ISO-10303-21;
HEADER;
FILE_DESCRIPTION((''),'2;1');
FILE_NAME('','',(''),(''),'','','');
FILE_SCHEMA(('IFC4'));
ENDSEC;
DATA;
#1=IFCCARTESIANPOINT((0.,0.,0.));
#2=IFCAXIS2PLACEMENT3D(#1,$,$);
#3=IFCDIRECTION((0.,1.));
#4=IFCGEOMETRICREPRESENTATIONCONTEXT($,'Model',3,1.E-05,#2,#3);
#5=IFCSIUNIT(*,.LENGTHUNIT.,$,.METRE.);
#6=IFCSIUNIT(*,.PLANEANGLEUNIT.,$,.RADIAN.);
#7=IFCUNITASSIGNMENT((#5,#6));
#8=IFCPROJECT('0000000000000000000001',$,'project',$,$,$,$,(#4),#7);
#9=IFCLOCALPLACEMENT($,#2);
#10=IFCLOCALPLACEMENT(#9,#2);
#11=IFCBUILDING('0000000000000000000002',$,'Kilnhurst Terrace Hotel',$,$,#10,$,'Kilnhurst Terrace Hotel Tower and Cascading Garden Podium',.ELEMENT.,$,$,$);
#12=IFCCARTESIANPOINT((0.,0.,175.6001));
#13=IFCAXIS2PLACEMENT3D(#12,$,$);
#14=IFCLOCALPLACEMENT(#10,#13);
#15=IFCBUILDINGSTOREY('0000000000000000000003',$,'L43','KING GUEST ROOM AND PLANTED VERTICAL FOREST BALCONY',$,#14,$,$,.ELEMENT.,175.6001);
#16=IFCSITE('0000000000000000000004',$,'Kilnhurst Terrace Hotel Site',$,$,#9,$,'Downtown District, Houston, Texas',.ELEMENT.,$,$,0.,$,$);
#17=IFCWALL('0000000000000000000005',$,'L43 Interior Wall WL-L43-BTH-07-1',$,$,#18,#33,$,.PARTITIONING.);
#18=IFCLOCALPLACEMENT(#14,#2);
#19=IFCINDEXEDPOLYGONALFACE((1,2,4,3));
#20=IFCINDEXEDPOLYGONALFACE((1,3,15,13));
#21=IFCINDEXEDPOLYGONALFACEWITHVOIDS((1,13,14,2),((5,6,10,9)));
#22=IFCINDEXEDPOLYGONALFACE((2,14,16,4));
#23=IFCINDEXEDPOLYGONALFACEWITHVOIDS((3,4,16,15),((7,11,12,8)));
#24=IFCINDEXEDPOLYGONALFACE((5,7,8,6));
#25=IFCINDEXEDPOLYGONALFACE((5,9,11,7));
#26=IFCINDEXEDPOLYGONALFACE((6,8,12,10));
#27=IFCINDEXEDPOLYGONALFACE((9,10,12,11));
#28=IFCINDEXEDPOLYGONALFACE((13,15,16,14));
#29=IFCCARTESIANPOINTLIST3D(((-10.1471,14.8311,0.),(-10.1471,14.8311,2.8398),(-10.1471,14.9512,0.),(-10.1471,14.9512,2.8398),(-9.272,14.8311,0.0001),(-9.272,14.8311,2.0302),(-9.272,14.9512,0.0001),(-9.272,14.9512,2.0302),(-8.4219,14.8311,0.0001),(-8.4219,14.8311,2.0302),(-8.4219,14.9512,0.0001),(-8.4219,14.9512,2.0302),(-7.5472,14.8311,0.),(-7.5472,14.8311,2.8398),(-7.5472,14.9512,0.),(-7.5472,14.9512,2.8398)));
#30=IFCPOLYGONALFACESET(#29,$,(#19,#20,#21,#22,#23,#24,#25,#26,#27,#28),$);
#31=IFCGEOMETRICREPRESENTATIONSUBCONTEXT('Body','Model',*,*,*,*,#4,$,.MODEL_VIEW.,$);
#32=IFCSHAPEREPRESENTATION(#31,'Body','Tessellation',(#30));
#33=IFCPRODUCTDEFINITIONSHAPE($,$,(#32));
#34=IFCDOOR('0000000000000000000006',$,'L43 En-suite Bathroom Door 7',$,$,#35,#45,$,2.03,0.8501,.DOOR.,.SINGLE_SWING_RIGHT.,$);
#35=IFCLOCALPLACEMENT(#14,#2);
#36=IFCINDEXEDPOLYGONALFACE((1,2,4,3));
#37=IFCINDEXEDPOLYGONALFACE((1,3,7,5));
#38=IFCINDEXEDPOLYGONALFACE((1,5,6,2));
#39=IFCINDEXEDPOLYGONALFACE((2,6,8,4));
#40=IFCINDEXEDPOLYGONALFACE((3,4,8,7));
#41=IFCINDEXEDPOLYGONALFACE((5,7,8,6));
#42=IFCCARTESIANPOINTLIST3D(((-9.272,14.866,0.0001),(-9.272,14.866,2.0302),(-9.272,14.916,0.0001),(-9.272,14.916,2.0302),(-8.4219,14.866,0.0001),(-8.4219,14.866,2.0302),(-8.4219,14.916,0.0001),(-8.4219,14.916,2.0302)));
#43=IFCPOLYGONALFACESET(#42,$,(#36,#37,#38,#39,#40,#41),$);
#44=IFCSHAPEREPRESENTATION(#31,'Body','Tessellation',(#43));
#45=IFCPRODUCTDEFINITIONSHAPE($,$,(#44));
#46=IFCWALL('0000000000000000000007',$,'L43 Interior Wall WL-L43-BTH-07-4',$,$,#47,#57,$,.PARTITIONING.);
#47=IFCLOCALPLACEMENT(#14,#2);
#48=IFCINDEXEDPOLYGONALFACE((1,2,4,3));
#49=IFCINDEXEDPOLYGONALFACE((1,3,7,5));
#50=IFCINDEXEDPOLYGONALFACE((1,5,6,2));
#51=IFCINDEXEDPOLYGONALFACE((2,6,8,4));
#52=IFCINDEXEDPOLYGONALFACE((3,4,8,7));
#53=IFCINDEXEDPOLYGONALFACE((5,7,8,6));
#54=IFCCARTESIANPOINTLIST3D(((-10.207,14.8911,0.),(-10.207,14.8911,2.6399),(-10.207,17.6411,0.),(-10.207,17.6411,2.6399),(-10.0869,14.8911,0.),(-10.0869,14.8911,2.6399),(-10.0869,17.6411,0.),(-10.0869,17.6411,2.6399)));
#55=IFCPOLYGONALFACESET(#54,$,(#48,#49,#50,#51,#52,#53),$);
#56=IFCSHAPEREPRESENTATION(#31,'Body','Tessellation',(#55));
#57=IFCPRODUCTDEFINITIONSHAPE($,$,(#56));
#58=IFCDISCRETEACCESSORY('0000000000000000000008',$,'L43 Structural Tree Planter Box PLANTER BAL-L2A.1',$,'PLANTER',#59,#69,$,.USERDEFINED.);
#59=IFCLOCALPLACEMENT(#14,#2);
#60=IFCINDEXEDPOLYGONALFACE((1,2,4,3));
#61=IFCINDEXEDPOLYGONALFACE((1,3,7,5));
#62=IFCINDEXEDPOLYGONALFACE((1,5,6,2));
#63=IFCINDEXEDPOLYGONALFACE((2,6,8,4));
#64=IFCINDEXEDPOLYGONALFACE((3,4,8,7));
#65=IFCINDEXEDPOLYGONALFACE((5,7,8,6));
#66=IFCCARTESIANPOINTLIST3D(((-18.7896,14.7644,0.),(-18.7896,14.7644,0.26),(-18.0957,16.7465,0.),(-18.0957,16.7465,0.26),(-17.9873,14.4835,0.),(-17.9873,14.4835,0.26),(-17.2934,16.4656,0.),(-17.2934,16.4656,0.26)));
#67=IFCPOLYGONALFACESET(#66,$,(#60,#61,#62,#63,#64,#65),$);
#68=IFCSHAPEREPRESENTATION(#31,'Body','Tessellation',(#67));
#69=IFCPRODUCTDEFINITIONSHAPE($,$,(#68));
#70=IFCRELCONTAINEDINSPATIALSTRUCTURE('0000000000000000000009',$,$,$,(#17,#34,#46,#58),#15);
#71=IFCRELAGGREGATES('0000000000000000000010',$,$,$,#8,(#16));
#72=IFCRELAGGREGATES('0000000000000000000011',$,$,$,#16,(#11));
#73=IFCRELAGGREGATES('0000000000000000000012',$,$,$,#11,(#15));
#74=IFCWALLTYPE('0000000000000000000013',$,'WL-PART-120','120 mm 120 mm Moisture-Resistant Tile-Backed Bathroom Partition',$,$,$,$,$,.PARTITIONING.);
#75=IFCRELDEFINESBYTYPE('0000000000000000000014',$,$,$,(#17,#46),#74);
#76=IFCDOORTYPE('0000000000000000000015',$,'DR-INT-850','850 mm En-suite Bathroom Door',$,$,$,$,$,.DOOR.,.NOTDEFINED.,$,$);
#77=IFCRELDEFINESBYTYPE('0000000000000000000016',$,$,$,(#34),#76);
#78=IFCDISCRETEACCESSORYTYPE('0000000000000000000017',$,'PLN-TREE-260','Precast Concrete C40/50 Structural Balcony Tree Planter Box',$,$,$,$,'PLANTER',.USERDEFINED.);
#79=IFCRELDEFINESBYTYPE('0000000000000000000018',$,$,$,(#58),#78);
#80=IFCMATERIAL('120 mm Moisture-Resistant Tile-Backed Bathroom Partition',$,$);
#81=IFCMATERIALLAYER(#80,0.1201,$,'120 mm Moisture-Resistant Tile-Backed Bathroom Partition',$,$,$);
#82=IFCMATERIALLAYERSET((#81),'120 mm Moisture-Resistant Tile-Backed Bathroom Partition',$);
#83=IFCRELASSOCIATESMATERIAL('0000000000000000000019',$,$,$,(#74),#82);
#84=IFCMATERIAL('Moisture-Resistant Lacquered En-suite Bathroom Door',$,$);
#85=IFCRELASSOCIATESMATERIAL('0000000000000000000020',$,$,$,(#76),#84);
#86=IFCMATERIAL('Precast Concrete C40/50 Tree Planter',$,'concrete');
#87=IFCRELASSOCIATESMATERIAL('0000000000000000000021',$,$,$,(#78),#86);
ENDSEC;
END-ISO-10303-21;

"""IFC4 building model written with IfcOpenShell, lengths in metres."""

from ifc_helpers import new_model, si_unit, direction, frame, frame_2d, origin, origin_2d, place, context, subcontext, project, spatial, rectangle, extrude, material, layer, layer_set, type_object, element, fill, save


model = new_model("IFC4")

# Units and contexts
model_context = context("Model", 3, precision=1e-05, world=origin(), true_north=direction((0.0, 1.0)))
body_context = subcontext(model_context, "Body", "Model", "MODEL_VIEW")
ifc_project = project(units=[si_unit("LENGTHUNIT", "METRE"), si_unit("PLANEANGLEUNIT", "RADIAN")], contexts=[model_context])

# Site, building, storey
site_placement = place(None, origin())
site = spatial("IfcSite", under=ifc_project, at=site_placement, Name="Kilnhurst Terrace Hotel Site", LongName="Downtown District, Houston, Texas", CompositionType="ELEMENT", RefElevation=0.0)
building_placement = place(site_placement, origin())
building = spatial("IfcBuilding", under=site, at=building_placement, Name="Kilnhurst Terrace Hotel", LongName="Kilnhurst Terrace Hotel Tower and Cascading Garden Podium", CompositionType="ELEMENT")
storey_placement = place(building_placement, frame((0.0, 0.0, 175.6001)))
storey = spatial("IfcBuildingStorey", under=building, at=storey_placement, Name="L43", Description="KING GUEST ROOM AND PLANTED VERTICAL FOREST BALCONY", CompositionType="ELEMENT", Elevation=175.6001)

# Wall, opening, door
ifc_material_1 = material(Name="120 mm Moisture-Resistant Tile-Backed Bathroom Partition")
ifc_layer_1 = layer(ifc_material_1, 0.1201, Name="120 mm Moisture-Resistant Tile-Backed Bathroom Partition")
ifc_layer_set_1 = layer_set([ifc_layer_1], Name="120 mm Moisture-Resistant Tile-Backed Bathroom Partition")
wall_type_1 = type_object("IfcWallType", Name="WL-PART-120", Description="120 mm 120 mm Moisture-Resistant Tile-Backed Bathroom Partition", PredefinedType="PARTITIONING", material=ifc_layer_set_1)
wall_1_placement = place(storey_placement, frame((-10.147, 14.8911, 0.0), z_axis=(0.0, 0.0, 1.0), x_axis=(1.0, 0.0, 0.0)))
wall_1 = element("IfcWall", 1, at=wall_1_placement, inside=storey, type_object=wall_type_1, Name="L43 Interior Wall WL-L43-BTH-07-1", PredefinedType="PARTITIONING", context=body_context, shape_type="SweptSolid", body=[
    extrude(rectangle(XDim=2.5999, YDim=0.1201, at=frame_2d((1.2998, 0.0))), origin(), (0.0, 0.0, 1.0), 2.8398),
])
opening_1_placement = place(wall_1_placement, frame((0.875, 0.0, 0.0)))
opening_1 = element("IfcOpeningElement", 2, at=opening_1_placement, cuts=wall_1, PredefinedType="OPENING", context=body_context, shape_type="SweptSolid", body=[
    extrude(rectangle(XDim=0.8501, YDim=2.03, at=frame_2d((0.425, 1.0151))), frame((0.0, 0.0701, 0.0), z_axis=(0.0, -1.0, 0.0), x_axis=(1.0, 0.0, 0.0)), (0.0, 0.0, 1.0), 0.1401),
])
ifc_material_2 = material(Name="Moisture-Resistant Lacquered En-suite Bathroom Door")
door_type_1 = type_object("IfcDoorType", Name="DR-INT-850", Description="850 mm En-suite Bathroom Door", OperationType="NOTDEFINED", PredefinedType="DOOR", material=ifc_material_2)
door_1_placement = place(opening_1_placement, origin())
door_1 = element("IfcDoor", 3, at=door_1_placement, inside=storey, type_object=door_type_1, Name="L43 En-suite Bathroom Door 7", OperationType="SINGLE_SWING_RIGHT", OverallHeight=2.03, OverallWidth=0.8501, PredefinedType="DOOR", context=body_context, shape_type="SweptSolid", body=[
    extrude(rectangle(XDim=0.8501, YDim=2.03, at=frame_2d((0.425, 1.0151))), frame((0.0, 0.0249, 0.0), z_axis=(0.0, -1.0, 0.0), x_axis=(1.0, 0.0, 0.0)), (0.0, 0.0, 1.0), 0.05),
])
fill(opening_1, door_1)

# Wall
wall_2_placement = place(storey_placement, frame((-10.147, 17.6411, 0.0), z_axis=(0.0, 0.0, 1.0), x_axis=(0.0, -1.0, 0.0)))
element("IfcWall", 4, at=wall_2_placement, inside=storey, type_object=wall_type_1, Name="L43 Interior Wall WL-L43-BTH-07-4", PredefinedType="PARTITIONING", context=body_context, shape_type="SweptSolid", body=[
    extrude(rectangle(XDim=2.75, YDim=0.1201, at=frame_2d((1.375, 0.0))), origin(), (0.0, 0.0, 1.0), 2.6399),
])

# Discrete accessory
ifc_material_3 = material(Name="Precast Concrete C40/50 Tree Planter", Category="concrete")
discrete_accessory_type = type_object("IfcDiscreteAccessoryType", Name="PLN-TREE-260", Description="Precast Concrete C40/50 Structural Balcony Tree Planter Box", ElementType="PLANTER", PredefinedType="USERDEFINED", material=ifc_material_3)
discrete_accessory_placement = place(storey_placement, frame((-18.0415, 15.615, 0.0), z_axis=(0.0, 0.0, 1.0), x_axis=(-0.330432, -0.94383, 0.0)))
element("IfcDiscreteAccessory", 5, at=discrete_accessory_placement, inside=storey, type_object=discrete_accessory_type, Name="L43 Structural Tree Planter Box PLANTER BAL-L2A.1", ObjectType="PLANTER", PredefinedType="USERDEFINED", context=body_context, shape_type="SweptSolid", body=[
    extrude(rectangle(XDim=2.1001, YDim=0.8501, at=origin_2d()), origin(), (0.0, 0.0, 1.0), 0.26),
])

save(model, "model.ifc")
